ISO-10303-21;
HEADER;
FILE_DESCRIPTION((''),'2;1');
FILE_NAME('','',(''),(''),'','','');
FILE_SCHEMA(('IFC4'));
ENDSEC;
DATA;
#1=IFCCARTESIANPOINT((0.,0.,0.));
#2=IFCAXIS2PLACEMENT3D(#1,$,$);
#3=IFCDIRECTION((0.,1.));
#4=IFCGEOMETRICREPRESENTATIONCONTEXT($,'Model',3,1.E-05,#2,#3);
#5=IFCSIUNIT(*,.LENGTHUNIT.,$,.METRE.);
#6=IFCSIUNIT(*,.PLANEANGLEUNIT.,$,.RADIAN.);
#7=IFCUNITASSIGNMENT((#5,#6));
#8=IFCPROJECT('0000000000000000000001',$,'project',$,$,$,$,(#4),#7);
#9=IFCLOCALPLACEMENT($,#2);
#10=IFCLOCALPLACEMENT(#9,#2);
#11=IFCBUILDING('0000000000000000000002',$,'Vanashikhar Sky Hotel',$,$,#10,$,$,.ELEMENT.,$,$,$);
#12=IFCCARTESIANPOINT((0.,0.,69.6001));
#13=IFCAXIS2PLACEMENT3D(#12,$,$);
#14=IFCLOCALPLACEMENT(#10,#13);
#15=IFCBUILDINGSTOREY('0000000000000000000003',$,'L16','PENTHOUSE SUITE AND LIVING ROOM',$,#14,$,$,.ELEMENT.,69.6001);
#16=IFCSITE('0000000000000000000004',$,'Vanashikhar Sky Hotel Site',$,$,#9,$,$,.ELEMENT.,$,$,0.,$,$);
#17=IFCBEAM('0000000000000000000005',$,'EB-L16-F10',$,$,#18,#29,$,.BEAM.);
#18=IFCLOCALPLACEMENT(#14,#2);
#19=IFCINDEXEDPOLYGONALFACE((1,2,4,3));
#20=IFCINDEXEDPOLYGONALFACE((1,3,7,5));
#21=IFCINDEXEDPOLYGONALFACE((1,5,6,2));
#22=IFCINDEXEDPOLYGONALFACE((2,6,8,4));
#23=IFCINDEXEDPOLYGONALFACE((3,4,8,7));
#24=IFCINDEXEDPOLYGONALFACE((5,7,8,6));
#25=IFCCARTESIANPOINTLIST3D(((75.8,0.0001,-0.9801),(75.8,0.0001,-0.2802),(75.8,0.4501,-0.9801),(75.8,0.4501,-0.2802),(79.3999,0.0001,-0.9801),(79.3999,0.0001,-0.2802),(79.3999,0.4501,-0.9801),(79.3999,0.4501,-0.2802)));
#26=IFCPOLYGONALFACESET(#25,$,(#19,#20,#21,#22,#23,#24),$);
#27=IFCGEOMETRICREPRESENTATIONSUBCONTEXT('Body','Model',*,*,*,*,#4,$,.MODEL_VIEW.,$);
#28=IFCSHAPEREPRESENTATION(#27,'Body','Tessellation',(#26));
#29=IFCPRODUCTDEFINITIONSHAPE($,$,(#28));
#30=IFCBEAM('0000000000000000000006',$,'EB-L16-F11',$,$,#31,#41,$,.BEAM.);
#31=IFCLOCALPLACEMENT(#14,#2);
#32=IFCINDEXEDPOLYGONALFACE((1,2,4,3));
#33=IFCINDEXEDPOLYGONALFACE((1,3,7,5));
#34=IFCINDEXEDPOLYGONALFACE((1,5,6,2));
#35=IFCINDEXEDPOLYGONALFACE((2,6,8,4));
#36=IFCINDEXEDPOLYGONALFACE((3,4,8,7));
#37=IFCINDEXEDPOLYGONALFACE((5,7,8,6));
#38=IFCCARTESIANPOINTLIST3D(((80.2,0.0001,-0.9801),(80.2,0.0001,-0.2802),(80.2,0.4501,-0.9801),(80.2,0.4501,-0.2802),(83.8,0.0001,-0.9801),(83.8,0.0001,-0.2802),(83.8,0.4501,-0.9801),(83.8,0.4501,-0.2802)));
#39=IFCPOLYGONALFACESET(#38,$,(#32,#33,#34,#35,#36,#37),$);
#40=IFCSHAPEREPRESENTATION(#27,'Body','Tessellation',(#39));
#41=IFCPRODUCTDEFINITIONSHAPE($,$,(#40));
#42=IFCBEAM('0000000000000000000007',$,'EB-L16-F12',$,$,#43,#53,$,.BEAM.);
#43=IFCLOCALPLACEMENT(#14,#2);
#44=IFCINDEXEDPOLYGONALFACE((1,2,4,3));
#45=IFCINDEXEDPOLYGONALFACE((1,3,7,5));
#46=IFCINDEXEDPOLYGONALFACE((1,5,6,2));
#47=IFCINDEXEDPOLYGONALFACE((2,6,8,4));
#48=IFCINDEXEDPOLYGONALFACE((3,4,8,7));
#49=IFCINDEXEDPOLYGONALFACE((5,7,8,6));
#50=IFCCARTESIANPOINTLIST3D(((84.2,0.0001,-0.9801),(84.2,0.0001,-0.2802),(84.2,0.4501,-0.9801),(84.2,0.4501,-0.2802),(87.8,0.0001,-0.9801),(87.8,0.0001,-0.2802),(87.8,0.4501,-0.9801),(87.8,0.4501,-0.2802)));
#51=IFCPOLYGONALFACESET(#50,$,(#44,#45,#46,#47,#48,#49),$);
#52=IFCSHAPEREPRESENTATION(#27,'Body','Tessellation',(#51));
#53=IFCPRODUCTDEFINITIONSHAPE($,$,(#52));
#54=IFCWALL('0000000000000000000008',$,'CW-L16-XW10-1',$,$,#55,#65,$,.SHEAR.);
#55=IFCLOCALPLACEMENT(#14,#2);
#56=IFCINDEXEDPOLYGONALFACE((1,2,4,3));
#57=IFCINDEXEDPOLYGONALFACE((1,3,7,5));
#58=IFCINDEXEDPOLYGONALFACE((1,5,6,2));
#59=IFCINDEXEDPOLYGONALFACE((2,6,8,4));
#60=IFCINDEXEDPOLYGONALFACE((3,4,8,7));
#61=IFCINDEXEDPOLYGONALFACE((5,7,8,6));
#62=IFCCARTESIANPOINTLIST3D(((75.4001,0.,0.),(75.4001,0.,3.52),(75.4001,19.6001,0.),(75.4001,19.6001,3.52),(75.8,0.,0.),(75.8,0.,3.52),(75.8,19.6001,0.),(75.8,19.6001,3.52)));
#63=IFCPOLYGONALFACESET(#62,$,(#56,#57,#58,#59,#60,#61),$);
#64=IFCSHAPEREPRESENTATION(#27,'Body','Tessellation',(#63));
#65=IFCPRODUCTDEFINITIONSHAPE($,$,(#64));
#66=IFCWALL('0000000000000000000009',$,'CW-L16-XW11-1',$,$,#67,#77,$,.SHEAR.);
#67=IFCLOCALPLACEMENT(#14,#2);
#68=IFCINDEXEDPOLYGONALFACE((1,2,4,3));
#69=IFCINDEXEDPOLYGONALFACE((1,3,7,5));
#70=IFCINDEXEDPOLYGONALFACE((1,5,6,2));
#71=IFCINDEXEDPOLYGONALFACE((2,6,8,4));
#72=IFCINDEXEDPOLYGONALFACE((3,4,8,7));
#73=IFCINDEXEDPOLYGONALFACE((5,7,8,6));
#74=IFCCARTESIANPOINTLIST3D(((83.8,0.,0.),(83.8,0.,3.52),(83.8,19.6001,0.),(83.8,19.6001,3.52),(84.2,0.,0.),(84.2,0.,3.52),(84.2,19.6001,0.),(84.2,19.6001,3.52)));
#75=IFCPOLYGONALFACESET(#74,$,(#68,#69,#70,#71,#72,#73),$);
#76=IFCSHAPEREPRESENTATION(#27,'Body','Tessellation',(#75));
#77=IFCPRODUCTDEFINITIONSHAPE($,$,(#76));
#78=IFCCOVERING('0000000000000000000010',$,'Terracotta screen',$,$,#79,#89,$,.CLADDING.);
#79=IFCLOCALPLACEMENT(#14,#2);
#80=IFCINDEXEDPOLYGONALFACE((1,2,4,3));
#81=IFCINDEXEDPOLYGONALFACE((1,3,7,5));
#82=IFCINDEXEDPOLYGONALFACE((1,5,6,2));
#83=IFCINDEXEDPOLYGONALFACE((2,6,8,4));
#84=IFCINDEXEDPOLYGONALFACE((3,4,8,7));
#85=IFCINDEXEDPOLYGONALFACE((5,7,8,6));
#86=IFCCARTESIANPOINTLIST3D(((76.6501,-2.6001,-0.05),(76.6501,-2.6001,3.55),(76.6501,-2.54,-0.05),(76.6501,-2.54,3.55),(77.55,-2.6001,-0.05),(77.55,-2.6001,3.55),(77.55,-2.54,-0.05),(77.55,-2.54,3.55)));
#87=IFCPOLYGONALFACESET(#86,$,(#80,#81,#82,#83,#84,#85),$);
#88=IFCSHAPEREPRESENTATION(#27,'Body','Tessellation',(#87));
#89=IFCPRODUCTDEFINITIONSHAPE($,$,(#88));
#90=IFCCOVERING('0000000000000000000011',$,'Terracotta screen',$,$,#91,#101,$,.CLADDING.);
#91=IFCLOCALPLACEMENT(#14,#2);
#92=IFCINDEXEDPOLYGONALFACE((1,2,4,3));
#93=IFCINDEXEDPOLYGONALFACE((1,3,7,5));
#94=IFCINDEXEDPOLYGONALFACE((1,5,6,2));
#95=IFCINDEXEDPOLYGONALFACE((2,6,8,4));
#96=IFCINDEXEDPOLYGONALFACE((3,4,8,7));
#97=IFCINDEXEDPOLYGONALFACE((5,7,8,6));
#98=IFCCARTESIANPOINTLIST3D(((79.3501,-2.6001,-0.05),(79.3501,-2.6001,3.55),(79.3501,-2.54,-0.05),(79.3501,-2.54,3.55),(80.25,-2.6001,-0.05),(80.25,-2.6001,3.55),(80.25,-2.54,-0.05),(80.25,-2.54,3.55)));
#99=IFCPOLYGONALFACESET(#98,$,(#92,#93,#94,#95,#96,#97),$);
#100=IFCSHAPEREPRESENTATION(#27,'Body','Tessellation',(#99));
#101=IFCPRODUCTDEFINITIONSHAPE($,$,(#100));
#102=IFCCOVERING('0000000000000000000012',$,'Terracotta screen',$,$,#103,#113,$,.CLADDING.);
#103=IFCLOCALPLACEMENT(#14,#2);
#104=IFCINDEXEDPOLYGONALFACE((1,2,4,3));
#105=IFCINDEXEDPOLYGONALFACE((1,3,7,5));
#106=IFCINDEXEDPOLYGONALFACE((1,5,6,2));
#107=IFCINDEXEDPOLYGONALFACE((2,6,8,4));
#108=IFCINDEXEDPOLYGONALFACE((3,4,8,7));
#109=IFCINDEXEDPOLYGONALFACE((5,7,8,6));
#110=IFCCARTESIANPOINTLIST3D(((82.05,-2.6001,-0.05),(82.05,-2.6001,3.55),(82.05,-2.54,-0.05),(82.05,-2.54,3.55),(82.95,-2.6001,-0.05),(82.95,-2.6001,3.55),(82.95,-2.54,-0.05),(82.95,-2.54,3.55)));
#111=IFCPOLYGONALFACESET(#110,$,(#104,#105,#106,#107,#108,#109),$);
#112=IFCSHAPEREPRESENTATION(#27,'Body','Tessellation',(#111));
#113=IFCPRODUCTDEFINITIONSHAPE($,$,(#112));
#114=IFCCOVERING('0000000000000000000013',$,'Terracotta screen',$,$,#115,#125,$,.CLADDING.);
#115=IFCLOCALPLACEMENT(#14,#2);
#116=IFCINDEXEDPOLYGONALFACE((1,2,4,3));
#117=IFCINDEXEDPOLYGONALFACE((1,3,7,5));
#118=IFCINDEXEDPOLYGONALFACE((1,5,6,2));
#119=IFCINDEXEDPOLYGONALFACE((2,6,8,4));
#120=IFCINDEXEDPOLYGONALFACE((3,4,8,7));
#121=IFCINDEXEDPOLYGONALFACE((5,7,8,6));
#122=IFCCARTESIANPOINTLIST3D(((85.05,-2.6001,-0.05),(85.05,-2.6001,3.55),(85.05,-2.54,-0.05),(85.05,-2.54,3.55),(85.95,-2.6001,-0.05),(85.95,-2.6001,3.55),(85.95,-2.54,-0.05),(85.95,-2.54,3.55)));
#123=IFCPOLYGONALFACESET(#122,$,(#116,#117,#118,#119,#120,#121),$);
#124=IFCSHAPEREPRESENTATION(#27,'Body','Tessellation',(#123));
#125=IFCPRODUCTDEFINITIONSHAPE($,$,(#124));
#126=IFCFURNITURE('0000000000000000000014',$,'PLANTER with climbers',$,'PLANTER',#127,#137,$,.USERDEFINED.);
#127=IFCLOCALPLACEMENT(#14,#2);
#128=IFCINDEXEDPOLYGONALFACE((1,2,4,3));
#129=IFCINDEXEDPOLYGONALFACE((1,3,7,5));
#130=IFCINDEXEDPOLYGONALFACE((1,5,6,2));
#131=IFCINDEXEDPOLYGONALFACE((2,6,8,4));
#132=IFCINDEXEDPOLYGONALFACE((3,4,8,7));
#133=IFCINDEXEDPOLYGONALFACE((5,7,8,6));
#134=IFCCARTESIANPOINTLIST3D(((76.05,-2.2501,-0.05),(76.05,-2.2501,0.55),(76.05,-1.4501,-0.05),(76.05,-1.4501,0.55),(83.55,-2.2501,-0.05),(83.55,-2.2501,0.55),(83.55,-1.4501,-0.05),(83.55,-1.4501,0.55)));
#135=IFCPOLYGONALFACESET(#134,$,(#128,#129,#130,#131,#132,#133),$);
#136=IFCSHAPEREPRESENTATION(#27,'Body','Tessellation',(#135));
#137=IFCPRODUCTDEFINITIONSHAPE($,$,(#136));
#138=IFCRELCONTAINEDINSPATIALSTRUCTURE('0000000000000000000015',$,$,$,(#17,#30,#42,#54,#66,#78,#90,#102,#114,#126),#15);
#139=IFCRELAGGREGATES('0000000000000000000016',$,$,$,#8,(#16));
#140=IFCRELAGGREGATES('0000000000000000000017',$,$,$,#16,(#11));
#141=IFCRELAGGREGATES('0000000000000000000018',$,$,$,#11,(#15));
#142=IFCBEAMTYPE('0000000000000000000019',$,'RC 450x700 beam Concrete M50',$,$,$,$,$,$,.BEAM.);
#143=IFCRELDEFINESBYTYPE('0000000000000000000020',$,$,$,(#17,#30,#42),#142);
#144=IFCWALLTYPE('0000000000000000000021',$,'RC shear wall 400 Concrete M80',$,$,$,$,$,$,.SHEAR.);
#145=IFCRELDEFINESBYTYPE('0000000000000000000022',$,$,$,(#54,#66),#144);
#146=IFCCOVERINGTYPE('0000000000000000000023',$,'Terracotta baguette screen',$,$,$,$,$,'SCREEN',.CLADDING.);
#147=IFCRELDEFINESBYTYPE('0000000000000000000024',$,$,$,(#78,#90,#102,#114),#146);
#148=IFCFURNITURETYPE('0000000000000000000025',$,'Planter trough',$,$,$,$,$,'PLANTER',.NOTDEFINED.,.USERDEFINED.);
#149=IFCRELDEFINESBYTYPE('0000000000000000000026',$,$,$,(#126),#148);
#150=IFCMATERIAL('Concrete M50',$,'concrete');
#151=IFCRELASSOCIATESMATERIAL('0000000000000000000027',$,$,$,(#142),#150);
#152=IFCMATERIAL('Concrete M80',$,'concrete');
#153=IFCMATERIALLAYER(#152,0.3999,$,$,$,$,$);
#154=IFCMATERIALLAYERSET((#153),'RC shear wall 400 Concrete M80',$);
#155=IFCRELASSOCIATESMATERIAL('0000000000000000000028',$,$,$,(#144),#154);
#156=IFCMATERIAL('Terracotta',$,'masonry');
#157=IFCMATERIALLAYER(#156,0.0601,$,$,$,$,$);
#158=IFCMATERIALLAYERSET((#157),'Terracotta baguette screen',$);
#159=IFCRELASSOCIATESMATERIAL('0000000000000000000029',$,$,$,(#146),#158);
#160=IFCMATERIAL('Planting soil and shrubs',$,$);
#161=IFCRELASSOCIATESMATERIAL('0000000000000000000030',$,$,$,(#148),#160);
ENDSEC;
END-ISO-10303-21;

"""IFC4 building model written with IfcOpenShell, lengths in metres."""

from ifc_helpers import new_model, si_unit, direction, frame, frame_2d, origin, origin_2d, place, context, subcontext, project, spatial, rectangle, extrude, source, transform, mapped, material, layer, layer_set, material_profile, profile_set, type_object, element, save


model = new_model("IFC4")

# Units and contexts
model_context = context("Model", 3, precision=1e-05, world=origin(), true_north=direction((0.0, 1.0)))
body_context = subcontext(model_context, "Body", "Model", "MODEL_VIEW")
ifc_project = project(units=[si_unit("LENGTHUNIT", "METRE"), si_unit("PLANEANGLEUNIT", "RADIAN")], contexts=[model_context])

# Site, building, storey
site_placement = place(None, origin())
site = spatial("IfcSite", under=ifc_project, at=site_placement, Name="Vanashikhar Sky Hotel Site", CompositionType="ELEMENT", RefElevation=0.0)
building_placement = place(site_placement, origin())
building = spatial("IfcBuilding", under=site, at=building_placement, Name="Vanashikhar Sky Hotel", CompositionType="ELEMENT")
storey_placement = place(building_placement, frame((0.0, 0.0, 69.6001)))
storey = spatial("IfcBuildingStorey", under=building, at=storey_placement, Name="L16", Description="PENTHOUSE SUITE AND LIVING ROOM", CompositionType="ELEMENT", Elevation=69.6001)

# Beams
ifc_material_1 = material(Name="Concrete M50", Category="concrete")
ifc_material_profile = material_profile(ifc_material_1, rectangle(XDim=0.45, YDim=0.7, at=origin_2d()))
ifc_profile_set = profile_set([ifc_material_profile], Name="RC 450x700 beam Concrete M50")
beam_type = type_object("IfcBeamType", Name="RC 450x700 beam Concrete M50", PredefinedType="BEAM", material=ifc_profile_set)
shared_shape_1 = source(origin(), body_context, "Body", "SweptSolid", [
    extrude(rectangle(XDim=0.45, YDim=0.7, at=origin_2d()), origin(), (0.0, 0.0, 1.0), 3.5999),
])
beam_placement = place(storey_placement, frame((75.8, 0.2251, -0.6301), z_axis=(1.0, 0.0, 0.0), x_axis=(0.0, 1.0, 0.0)))
element("IfcBeam", 1, at=beam_placement, inside=storey, type_object=beam_type, Name="EB-L16-F10", PredefinedType="BEAM", context=body_context, shape_type="MappedRepresentation", body=[
    mapped(shared_shape_1, transform((0.0, 0.0, 0.0), scale=1.0)),
])
shared_shape_2 = source(origin(), body_context, "Body", "SweptSolid", [
    extrude(rectangle(XDim=0.45, YDim=0.7, at=origin_2d()), origin(), (0.0, 0.0, 1.0), 3.6001),
])
for number, where, z_axis, x_axis, name in (
    (2, (80.2, 0.2251, -0.6301), (1.0, 0.0, 0.0), (0.0, 1.0, 0.0), "EB-L16-F11"),
    (3, (84.2, 0.2251, -0.6301), (1.0, 0.0, 0.0), (0.0, 1.0, 0.0), "EB-L16-F12"),
):
    element("IfcBeam", number, at=place(storey_placement, frame(where, z_axis=z_axis, x_axis=x_axis)), inside=storey, type_object=beam_type, Name=name, PredefinedType="BEAM", context=body_context, shape_type="MappedRepresentation", body=[
        mapped(shared_shape_2, transform((0.0, 0.0, 0.0), scale=1.0)),
    ])

# Walls
ifc_material_2 = material(Name="Concrete M80", Category="concrete")
ifc_layer_1 = layer(ifc_material_2, 0.3999)
ifc_layer_set_1 = layer_set([ifc_layer_1], Name="RC shear wall 400 Concrete M80")
wall_type_1 = type_object("IfcWallType", Name="RC shear wall 400 Concrete M80", PredefinedType="SHEAR", material=ifc_layer_set_1)
shared_shape_3 = source(origin(), body_context, "Body", "SweptSolid", [
    extrude(rectangle(XDim=19.6001, YDim=0.3999, at=frame_2d((9.8, 0.0))), origin(), (0.0, 0.0, 1.0), 3.52),
])
for number, where, z_axis, x_axis, name in (
    (4, (75.6001, 0.0, 0.0), (0.0, 0.0, 1.0), (0.0, 1.0, 0.0), "CW-L16-XW10-1"),
    (5, (84.0, 0.0, 0.0), (0.0, 0.0, 1.0), (0.0, 1.0, 0.0), "CW-L16-XW11-1"),
):
    element("IfcWall", number, at=place(storey_placement, frame(where, z_axis=z_axis, x_axis=x_axis)), inside=storey, type_object=wall_type_1, Name=name, PredefinedType="SHEAR", context=body_context, shape_type="MappedRepresentation", body=[
        mapped(shared_shape_3, transform((0.0, 0.0, 0.0), scale=1.0)),
    ])

# Coverings
ifc_material_3 = material(Name="Terracotta", Category="masonry")
ifc_layer_2 = layer(ifc_material_3, 0.0601)
ifc_layer_set_2 = layer_set([ifc_layer_2], Name="Terracotta baguette screen")
covering_type = type_object("IfcCoveringType", Name="Terracotta baguette screen", ElementType="SCREEN", PredefinedType="CLADDING", material=ifc_layer_set_2)
shared_shape_4 = source(origin(), body_context, "Body", "SweptSolid", [
    extrude(rectangle(XDim=0.8999, YDim=0.0601, at=origin_2d()), origin(), (0.0, 0.0, 1.0), 3.6001),
])
for number, where, z_axis, x_axis, name in (
    (6, (77.1001, -2.5701, -0.05), (0.0, 0.0, 1.0), (1.0, 0.0, 0.0), "Terracotta screen"),
    (7, (79.8, -2.5701, -0.05), (0.0, 0.0, 1.0), (1.0, 0.0, 0.0), "Terracotta screen"),
    (8, (82.5, -2.5701, -0.05), (0.0, 0.0, 1.0), (1.0, 0.0, 0.0), "Terracotta screen"),
    (9, (85.5, -2.5701, -0.05), (0.0, 0.0, 1.0), (1.0, 0.0, 0.0), "Terracotta screen"),
):
    element("IfcCovering", number, at=place(storey_placement, frame(where, z_axis=z_axis, x_axis=x_axis)), inside=storey, type_object=covering_type, Name=name, PredefinedType="CLADDING", context=body_context, shape_type="MappedRepresentation", body=[
        mapped(shared_shape_4, transform((0.0, 0.0, 0.0), scale=1.0)),
    ])

# Furniture
ifc_material_4 = material(Name="Planting soil and shrubs")
furniture_type = type_object("IfcFurnitureType", Name="Planter trough", ElementType="PLANTER", AssemblyPlace="NOTDEFINED", PredefinedType="USERDEFINED", material=ifc_material_4)
shared_shape_5 = source(origin(), body_context, "Body", "SweptSolid", [
    extrude(rectangle(XDim=7.5, YDim=0.8, at=origin_2d()), origin(), (0.0, 0.0, 1.0), 0.6001),
])
furniture_placement = place(storey_placement, frame((79.8, -1.8501, -0.05), z_axis=(0.0, 0.0, 1.0), x_axis=(1.0, 0.0, 0.0)))
element("IfcFurniture", 10, at=furniture_placement, inside=storey, type_object=furniture_type, Name="PLANTER with climbers", ObjectType="PLANTER", PredefinedType="USERDEFINED", context=body_context, shape_type="MappedRepresentation", body=[
    mapped(shared_shape_5, transform((0.0, 0.0, 0.0), scale=1.0)),
])

save(model, "model.ifc")
